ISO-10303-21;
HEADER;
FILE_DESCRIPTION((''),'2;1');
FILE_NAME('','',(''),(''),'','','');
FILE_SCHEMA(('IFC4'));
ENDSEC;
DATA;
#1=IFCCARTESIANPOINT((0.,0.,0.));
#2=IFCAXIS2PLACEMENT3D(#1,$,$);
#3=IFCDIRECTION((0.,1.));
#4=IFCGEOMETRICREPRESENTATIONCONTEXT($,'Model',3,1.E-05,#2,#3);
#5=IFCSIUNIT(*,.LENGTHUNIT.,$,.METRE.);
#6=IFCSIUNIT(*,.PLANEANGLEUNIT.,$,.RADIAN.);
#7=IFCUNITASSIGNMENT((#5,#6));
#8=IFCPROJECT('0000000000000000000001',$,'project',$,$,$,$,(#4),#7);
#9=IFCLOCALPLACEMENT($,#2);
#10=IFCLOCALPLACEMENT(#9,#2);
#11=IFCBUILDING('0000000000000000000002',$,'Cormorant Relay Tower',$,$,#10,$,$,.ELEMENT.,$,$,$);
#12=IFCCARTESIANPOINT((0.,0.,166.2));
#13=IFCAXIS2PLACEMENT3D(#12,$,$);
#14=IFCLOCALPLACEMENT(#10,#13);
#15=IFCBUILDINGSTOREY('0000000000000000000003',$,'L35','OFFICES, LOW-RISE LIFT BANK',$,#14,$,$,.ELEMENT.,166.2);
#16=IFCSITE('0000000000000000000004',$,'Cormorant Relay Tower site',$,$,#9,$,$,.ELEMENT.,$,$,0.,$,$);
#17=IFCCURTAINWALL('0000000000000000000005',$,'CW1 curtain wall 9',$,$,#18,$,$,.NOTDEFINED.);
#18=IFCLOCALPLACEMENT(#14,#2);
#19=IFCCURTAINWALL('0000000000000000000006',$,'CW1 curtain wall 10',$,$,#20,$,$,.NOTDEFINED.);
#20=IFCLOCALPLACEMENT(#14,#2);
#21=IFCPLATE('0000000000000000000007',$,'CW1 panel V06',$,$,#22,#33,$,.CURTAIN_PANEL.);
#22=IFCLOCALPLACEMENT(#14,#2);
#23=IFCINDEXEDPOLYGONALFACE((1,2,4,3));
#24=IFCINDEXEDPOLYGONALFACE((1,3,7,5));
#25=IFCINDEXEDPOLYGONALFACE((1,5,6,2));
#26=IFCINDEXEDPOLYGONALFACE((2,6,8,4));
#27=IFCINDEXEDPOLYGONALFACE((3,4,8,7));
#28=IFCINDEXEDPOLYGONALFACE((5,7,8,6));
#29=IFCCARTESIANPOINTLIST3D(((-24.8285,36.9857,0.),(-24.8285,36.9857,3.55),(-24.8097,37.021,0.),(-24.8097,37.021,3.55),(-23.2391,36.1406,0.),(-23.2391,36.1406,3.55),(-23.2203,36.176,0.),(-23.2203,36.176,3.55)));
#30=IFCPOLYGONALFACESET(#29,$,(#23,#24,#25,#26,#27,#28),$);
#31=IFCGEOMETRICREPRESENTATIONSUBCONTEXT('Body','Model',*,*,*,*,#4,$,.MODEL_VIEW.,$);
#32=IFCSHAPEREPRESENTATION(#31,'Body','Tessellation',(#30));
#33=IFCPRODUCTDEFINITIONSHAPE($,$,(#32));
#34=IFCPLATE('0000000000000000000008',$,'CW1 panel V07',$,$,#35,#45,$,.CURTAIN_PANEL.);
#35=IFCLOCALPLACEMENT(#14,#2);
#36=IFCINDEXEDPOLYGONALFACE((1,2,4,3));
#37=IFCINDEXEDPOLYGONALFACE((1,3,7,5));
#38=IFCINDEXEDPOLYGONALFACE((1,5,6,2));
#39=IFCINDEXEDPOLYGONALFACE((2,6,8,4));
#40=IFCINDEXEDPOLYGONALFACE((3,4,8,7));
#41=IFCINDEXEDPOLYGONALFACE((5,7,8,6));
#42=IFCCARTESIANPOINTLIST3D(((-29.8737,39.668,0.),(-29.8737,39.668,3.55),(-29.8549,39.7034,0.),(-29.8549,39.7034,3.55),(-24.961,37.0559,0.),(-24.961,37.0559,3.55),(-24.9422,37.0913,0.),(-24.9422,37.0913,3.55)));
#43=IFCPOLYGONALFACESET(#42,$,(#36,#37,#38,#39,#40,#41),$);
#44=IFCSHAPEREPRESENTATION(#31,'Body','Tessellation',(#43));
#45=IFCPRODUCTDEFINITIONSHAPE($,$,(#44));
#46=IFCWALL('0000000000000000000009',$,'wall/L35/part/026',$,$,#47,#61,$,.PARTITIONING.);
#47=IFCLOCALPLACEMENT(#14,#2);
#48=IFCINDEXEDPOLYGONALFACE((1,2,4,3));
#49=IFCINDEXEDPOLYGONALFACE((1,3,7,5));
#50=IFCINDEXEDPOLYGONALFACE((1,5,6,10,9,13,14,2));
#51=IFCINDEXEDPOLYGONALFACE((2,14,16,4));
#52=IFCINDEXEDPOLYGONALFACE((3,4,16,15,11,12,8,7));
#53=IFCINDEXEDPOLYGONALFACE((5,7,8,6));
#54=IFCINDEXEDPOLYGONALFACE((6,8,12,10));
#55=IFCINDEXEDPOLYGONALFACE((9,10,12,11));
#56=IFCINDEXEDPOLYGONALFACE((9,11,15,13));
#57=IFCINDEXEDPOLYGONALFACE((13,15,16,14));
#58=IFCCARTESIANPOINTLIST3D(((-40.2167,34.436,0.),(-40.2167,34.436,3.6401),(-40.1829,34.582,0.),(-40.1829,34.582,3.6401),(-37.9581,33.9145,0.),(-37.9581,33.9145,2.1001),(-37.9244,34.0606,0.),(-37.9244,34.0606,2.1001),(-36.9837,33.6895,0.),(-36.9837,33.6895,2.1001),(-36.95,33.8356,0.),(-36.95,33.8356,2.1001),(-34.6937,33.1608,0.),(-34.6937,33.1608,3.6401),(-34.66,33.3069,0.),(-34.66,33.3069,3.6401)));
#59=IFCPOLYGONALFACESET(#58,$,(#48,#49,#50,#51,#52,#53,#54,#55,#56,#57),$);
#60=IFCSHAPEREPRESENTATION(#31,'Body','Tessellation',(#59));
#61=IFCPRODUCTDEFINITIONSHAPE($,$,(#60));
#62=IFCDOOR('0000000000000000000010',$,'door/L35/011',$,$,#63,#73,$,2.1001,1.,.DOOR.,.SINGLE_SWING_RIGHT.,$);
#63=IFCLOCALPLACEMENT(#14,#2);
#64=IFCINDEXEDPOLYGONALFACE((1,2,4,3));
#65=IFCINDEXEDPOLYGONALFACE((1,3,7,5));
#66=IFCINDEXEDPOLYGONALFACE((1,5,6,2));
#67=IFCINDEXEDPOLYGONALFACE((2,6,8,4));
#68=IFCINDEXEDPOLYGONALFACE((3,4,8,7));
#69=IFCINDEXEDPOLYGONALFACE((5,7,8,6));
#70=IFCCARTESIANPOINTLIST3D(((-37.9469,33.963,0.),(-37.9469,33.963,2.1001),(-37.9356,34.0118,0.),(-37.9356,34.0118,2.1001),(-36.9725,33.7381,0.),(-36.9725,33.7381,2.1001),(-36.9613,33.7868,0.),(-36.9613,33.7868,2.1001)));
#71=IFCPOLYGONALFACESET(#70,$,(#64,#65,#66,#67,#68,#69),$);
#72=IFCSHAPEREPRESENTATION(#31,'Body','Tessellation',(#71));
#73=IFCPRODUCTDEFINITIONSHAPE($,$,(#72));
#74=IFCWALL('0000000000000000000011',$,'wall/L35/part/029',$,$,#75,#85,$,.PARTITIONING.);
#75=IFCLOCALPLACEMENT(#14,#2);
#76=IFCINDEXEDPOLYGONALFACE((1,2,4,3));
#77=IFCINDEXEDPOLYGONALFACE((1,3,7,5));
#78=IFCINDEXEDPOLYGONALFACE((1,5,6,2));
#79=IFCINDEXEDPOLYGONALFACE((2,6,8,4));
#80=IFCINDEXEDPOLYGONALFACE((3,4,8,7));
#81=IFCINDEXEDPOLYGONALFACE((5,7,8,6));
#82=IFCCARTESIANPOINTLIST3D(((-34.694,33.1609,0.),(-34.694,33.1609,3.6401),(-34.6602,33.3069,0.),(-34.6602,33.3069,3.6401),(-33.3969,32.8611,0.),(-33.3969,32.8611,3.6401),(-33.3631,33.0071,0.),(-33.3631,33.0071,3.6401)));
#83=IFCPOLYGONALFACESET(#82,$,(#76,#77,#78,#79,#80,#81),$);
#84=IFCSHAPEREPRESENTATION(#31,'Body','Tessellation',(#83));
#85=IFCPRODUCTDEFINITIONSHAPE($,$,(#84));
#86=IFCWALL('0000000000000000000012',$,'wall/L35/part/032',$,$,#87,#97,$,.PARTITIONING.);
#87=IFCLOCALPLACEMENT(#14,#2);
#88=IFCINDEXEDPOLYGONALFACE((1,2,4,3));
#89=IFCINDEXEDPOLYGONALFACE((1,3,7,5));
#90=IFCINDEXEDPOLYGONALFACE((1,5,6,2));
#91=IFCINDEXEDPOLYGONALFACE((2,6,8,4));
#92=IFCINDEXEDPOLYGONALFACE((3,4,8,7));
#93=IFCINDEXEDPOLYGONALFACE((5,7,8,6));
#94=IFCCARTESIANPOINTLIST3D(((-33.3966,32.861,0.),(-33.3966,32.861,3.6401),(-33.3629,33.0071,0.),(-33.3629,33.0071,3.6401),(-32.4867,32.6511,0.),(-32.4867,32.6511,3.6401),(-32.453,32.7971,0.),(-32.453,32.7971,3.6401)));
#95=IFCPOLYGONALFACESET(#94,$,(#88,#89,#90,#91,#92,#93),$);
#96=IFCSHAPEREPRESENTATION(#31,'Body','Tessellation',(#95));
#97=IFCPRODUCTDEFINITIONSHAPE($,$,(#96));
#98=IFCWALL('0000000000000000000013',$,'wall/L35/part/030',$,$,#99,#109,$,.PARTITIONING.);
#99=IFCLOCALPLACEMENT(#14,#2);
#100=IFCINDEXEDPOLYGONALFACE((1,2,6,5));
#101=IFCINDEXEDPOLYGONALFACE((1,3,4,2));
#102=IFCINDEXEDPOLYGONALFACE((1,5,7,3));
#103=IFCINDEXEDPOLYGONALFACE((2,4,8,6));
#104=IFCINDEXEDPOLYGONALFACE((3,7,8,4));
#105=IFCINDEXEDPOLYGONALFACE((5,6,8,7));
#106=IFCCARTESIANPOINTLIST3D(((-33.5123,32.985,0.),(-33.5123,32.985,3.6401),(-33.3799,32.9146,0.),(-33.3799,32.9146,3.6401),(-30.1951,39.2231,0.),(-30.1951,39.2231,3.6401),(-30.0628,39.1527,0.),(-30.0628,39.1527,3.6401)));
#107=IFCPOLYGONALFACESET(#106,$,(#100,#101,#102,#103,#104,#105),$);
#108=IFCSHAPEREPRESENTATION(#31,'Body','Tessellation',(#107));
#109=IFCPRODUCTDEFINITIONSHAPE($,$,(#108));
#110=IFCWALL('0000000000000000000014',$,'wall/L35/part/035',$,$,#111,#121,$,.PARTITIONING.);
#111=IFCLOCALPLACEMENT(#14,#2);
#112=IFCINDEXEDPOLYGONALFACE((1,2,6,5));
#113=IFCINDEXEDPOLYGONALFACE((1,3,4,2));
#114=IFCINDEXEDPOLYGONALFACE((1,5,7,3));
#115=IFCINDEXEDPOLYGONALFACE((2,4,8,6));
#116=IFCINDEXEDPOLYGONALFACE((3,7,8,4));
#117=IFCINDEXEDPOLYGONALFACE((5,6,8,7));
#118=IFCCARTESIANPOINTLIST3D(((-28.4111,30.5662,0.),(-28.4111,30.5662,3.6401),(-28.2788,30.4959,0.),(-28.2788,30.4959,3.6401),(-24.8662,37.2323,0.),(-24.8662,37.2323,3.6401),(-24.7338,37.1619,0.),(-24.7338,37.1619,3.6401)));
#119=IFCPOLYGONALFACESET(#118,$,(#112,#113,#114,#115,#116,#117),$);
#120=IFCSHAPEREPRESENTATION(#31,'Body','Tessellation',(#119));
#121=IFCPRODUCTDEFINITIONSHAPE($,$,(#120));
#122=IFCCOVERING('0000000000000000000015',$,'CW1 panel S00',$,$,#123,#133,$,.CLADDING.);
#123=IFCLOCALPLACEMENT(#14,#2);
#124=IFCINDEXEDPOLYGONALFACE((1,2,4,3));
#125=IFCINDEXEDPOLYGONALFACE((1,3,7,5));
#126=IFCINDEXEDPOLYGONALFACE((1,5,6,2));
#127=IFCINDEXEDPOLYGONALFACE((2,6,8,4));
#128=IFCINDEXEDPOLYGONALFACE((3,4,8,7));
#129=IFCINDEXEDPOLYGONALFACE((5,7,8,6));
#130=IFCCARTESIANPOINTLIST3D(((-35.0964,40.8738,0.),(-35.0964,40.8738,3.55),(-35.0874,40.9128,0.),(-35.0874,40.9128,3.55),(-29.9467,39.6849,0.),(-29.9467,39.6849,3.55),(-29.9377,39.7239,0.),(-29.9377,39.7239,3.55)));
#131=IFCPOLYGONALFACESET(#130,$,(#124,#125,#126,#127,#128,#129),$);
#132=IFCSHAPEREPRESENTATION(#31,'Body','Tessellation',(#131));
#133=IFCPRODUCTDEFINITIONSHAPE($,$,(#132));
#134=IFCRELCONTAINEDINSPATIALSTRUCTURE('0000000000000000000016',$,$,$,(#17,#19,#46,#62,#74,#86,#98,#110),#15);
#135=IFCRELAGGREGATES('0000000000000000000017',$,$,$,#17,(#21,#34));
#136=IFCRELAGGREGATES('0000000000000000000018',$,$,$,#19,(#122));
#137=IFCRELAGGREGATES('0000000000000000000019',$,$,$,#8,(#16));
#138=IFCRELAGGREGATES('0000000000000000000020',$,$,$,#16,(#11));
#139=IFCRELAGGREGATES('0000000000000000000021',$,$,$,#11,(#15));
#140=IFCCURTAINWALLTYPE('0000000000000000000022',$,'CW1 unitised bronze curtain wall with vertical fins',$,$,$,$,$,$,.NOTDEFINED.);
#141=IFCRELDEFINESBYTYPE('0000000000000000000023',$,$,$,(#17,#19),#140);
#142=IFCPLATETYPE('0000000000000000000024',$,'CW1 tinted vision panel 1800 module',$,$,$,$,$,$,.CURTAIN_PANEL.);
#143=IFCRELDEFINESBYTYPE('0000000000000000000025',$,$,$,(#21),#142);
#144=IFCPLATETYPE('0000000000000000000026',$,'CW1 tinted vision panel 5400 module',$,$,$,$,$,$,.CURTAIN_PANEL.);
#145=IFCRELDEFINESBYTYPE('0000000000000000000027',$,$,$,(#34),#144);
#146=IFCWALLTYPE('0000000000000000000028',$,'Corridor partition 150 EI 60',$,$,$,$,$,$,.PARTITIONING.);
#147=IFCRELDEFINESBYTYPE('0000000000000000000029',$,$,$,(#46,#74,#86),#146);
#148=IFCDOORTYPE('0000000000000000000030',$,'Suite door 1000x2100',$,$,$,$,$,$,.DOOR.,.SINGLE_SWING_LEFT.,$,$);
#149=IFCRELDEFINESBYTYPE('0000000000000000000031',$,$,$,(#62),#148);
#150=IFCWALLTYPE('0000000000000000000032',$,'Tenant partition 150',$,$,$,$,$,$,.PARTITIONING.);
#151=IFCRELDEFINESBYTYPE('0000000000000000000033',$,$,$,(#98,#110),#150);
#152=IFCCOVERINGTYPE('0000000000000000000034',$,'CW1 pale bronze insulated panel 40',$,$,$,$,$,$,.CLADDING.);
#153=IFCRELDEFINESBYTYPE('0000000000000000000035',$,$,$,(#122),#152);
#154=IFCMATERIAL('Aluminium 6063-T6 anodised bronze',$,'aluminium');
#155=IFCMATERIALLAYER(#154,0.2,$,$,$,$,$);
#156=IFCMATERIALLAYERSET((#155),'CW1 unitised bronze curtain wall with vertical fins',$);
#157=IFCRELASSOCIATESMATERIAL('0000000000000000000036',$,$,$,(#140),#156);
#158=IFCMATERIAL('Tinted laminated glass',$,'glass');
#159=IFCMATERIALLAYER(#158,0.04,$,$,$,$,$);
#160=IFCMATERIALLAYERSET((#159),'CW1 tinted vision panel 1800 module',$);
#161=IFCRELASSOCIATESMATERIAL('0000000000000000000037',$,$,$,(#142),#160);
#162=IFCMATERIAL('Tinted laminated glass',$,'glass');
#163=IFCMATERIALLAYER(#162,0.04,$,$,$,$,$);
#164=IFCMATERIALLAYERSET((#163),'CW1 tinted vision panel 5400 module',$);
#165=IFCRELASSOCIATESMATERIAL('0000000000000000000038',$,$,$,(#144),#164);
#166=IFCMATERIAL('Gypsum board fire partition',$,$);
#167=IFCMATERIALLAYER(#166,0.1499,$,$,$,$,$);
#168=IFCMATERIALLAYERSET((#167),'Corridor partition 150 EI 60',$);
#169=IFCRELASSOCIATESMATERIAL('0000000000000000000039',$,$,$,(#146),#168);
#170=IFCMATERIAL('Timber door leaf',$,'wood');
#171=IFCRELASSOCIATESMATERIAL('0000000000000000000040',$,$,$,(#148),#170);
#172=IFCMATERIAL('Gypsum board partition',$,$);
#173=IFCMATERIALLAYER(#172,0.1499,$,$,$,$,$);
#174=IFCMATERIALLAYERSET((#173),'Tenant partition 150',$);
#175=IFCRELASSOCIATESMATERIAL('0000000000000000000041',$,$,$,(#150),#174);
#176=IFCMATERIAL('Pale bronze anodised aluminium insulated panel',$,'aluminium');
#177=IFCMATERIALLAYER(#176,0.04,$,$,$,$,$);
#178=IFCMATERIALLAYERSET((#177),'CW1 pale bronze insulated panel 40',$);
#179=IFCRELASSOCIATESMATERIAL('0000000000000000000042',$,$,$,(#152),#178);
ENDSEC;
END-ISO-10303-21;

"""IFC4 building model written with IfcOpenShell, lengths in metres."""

from ifc_helpers import new_model, si_unit, direction, frame, frame_2d, origin, origin_2d, place, context, subcontext, project, spatial, rectangle, extrude, material, layer, layer_set, type_object, element, fill, aggregate, save


model = new_model("IFC4")

# Units and contexts
model_context = context("Model", 3, precision=1e-05, world=origin(), true_north=direction((0.0, 1.0)))
body_context = subcontext(model_context, "Body", "Model", "MODEL_VIEW")
ifc_project = project(units=[si_unit("LENGTHUNIT", "METRE"), si_unit("PLANEANGLEUNIT", "RADIAN")], contexts=[model_context])

# Site, building, storey
site_placement = place(None, origin())
site = spatial("IfcSite", under=ifc_project, at=site_placement, Name="Cormorant Relay Tower site", CompositionType="ELEMENT", RefElevation=0.0)
building_placement = place(site_placement, origin())
building = spatial("IfcBuilding", under=site, at=building_placement, Name="Cormorant Relay Tower", CompositionType="ELEMENT")
storey_placement = place(building_placement, frame((0.0, 0.0, 166.2)))
storey = spatial("IfcBuildingStorey", under=building, at=storey_placement, Name="L35", Description="OFFICES, LOW-RISE LIFT BANK", CompositionType="ELEMENT", Elevation=166.2)

# Curtain wall
ifc_material_1 = material(Name="Aluminium 6063-T6 anodised bronze", Category="aluminium")
ifc_layer_1 = layer(ifc_material_1, 0.2)
ifc_layer_set_1 = layer_set([ifc_layer_1], Name="CW1 unitised bronze curtain wall with vertical fins")
curtain_wall_type = type_object("IfcCurtainWallType", Name="CW1 unitised bronze curtain wall with vertical fins", PredefinedType="NOTDEFINED", material=ifc_layer_set_1)
curtain_wall_1_placement = place(storey_placement, origin())
curtain_wall_1 = element("IfcCurtainWall", 1, at=curtain_wall_1_placement, inside=storey, type_object=curtain_wall_type, Name="CW1 curtain wall 9", PredefinedType="NOTDEFINED")

# Curtain wall
curtain_wall_2_placement = place(storey_placement, origin())
curtain_wall_2 = element("IfcCurtainWall", 2, at=curtain_wall_2_placement, inside=storey, type_object=curtain_wall_type, Name="CW1 curtain wall 10", PredefinedType="NOTDEFINED")

# Plates
ifc_material_2 = material(Name="Tinted laminated glass", Category="glass")
ifc_layer_2 = layer(ifc_material_2, 0.04)
ifc_layer_set_2 = layer_set([ifc_layer_2], Name="CW1 tinted vision panel 1800 module")
plate_type_1 = type_object("IfcPlateType", Name="CW1 tinted vision panel 1800 module", PredefinedType="CURTAIN_PANEL", material=ifc_layer_set_2)
plate_1_placement = place(storey_placement, frame((-24.0244, 36.5808, 0.0), z_axis=(0.0, 0.0, 1.0), x_axis=(-0.882948, 0.469472, 0.0)))
plate_1 = element("IfcPlate", 3, at=plate_1_placement, type_object=plate_type_1, Name="CW1 panel V06", PredefinedType="CURTAIN_PANEL", context=body_context, shape_type="SweptSolid", body=[
    extrude(rectangle(XDim=1.8, YDim=0.04, at=origin_2d()), origin(), (0.0, 0.0, 1.0), 3.55),
])
ifc_material_3 = material(Name="Tinted laminated glass", Category="glass")
ifc_layer_3 = layer(ifc_material_3, 0.04)
ifc_layer_set_3 = layer_set([ifc_layer_3], Name="CW1 tinted vision panel 5400 module")
plate_type_2 = type_object("IfcPlateType", Name="CW1 tinted vision panel 5400 module", PredefinedType="CURTAIN_PANEL", material=ifc_layer_set_3)
plate_2_placement = place(storey_placement, frame((-27.408, 38.3796, 0.0), z_axis=(0.0, 0.0, 1.0), x_axis=(-0.882948, 0.469472, 0.0)))
plate_2 = element("IfcPlate", 4, at=plate_2_placement, type_object=plate_type_2, Name="CW1 panel V07", PredefinedType="CURTAIN_PANEL", context=body_context, shape_type="SweptSolid", body=[
    extrude(rectangle(XDim=5.564, YDim=0.04, at=origin_2d()), origin(), (0.0, 0.0, 1.0), 3.55),
])
aggregate(curtain_wall_1, [plate_1, plate_2])

# Wall, opening, door
ifc_material_4 = material(Name="Gypsum board fire partition")
ifc_layer_4 = layer(ifc_material_4, 0.1499)
ifc_layer_set_4 = layer_set([ifc_layer_4], Name="Corridor partition 150 EI 60")
wall_type_1 = type_object("IfcWallType", Name="Corridor partition 150 EI 60", PredefinedType="PARTITIONING", material=ifc_layer_set_4)
wall_1_placement = place(storey_placement, frame((-34.677, 33.2339, 0.0), z_axis=(0.0, 0.0, 1.0), x_axis=(-0.974367, 0.224963, 0.0)))
wall_1 = element("IfcWall", 5, at=wall_1_placement, inside=storey, type_object=wall_type_1, Name="wall/L35/part/026", PredefinedType="PARTITIONING", context=body_context, shape_type="SweptSolid", body=[
    extrude(rectangle(XDim=5.6682, YDim=0.1499, at=frame_2d((2.834, 0.0))), origin(), (0.0, 0.0, 1.0), 3.6401),
])
opening_placement = place(wall_1_placement, frame((2.3501, 0.0, 0.0)))
opening = element("IfcOpeningElement", 6, at=opening_placement, cuts=wall_1, PredefinedType="OPENING", context=body_context, shape_type="SweptSolid", body=[
    extrude(rectangle(XDim=1.0, YDim=2.1001, at=frame_2d((0.5, 1.05))), frame((0.0, 0.085, 0.0), z_axis=(0.0, -1.0, 0.0), x_axis=(1.0, 0.0, 0.0)), (0.0, 0.0, 1.0), 0.1699),
])
ifc_material_5 = material(Name="Timber door leaf", Category="wood")
door_type = type_object("IfcDoorType", Name="Suite door 1000x2100", OperationType="SINGLE_SWING_LEFT", PredefinedType="DOOR", material=ifc_material_5)
door_placement = place(opening_placement, frame((1.0, 0.0, 0.0), z_axis=(0.0, 0.0, 1.0), x_axis=(-1.0, 0.0, 0.0)))
door = element("IfcDoor", 7, at=door_placement, inside=storey, type_object=door_type, Name="door/L35/011", OperationType="SINGLE_SWING_RIGHT", OverallHeight=2.1001, OverallWidth=1.0, PredefinedType="DOOR", context=body_context, shape_type="SweptSolid", body=[
    extrude(rectangle(XDim=1.0, YDim=2.1001, at=frame_2d((0.5, 1.05))), frame((0.0, 0.0249, 0.0), z_axis=(0.0, -1.0, 0.0), x_axis=(1.0, 0.0, 0.0)), (0.0, 0.0, 1.0), 0.05),
])
fill(opening, door)

# Walls
wall_2_placement = place(storey_placement, frame((-34.677, 33.2339, 0.0), z_axis=(0.0, 0.0, 1.0), x_axis=(0.974314, -0.225194, 0.0)))
element("IfcWall", 8, at=wall_2_placement, inside=storey, type_object=wall_type_1, Name="wall/L35/part/029", PredefinedType="PARTITIONING", context=body_context, shape_type="SweptSolid", body=[
    extrude(rectangle(XDim=1.3313, YDim=0.1499, at=frame_2d((0.6655, 0.0))), origin(), (0.0, 0.0, 1.0), 3.6401),
])
wall_3_placement = place(storey_placement, frame((-32.47, 32.7241, 0.0), z_axis=(0.0, 0.0, 1.0), x_axis=(-0.974396, 0.22484, 0.0)))
element("IfcWall", 9, at=wall_3_placement, inside=storey, type_object=wall_type_1, Name="wall/L35/part/032", PredefinedType="PARTITIONING", context=body_context, shape_type="SweptSolid", body=[
    extrude(rectangle(XDim=0.9338, YDim=0.1499, at=frame_2d((0.4668, 0.0))), origin(), (0.0, 0.0, 1.0), 3.6401),
])
ifc_material_6 = material(Name="Gypsum board partition")
ifc_layer_5 = layer(ifc_material_6, 0.1499)
ifc_layer_set_5 = layer_set([ifc_layer_5], Name="Tenant partition 150")
wall_type_2 = type_object("IfcWallType", Name="Tenant partition 150", PredefinedType="PARTITIONING", material=ifc_layer_set_5)
wall_4_placement = place(storey_placement, frame((-30.1289, 39.188, 0.0), z_axis=(0.0, 0.0, 1.0), x_axis=(-0.469506, -0.882929, 0.0)))
element("IfcWall", 10, at=wall_4_placement, inside=storey, type_object=wall_type_2, Name="wall/L35/part/030", PredefinedType="PARTITIONING", context=body_context, shape_type="SweptSolid", body=[
    extrude(rectangle(XDim=7.0652, YDim=0.1499, at=frame_2d((3.5327, 0.0))), origin(), (0.0, 0.0, 1.0), 3.6401),
])
wall_5_placement = place(storey_placement, frame((-24.8, 37.197, 0.0), z_axis=(0.0, 0.0, 1.0), x_axis=(-0.469527, -0.882918, 0.0)))
element("IfcWall", 11, at=wall_5_placement, inside=storey, type_object=wall_type_2, Name="wall/L35/part/035", PredefinedType="PARTITIONING", context=body_context, shape_type="SweptSolid", body=[
    extrude(rectangle(XDim=7.55, YDim=0.1499, at=frame_2d((3.7749, 0.0))), origin(), (0.0, 0.0, 1.0), 3.6401),
])

# Covering
ifc_material_7 = material(Name="Pale bronze anodised aluminium insulated panel", Category="aluminium")
ifc_layer_6 = layer(ifc_material_7, 0.04)
ifc_layer_set_6 = layer_set([ifc_layer_6], Name="CW1 pale bronze insulated panel 40")
covering_type = type_object("IfcCoveringType", Name="CW1 pale bronze insulated panel 40", PredefinedType="CLADDING", material=ifc_layer_set_6)
covering_placement = place(storey_placement, frame((-32.5171, 40.2988, 0.0), z_axis=(0.0, 0.0, 1.0), x_axis=(-0.97437, 0.224951, 0.0)))
covering = element("IfcCovering", 12, at=covering_placement, type_object=covering_type, Name="CW1 panel S00", PredefinedType="CLADDING", context=body_context, shape_type="SweptSolid", body=[
    extrude(rectangle(XDim=5.2852, YDim=0.04, at=origin_2d()), origin(), (0.0, 0.0, 1.0), 3.55),
])
aggregate(curtain_wall_2, [covering])

save(model, "model.ifc")
